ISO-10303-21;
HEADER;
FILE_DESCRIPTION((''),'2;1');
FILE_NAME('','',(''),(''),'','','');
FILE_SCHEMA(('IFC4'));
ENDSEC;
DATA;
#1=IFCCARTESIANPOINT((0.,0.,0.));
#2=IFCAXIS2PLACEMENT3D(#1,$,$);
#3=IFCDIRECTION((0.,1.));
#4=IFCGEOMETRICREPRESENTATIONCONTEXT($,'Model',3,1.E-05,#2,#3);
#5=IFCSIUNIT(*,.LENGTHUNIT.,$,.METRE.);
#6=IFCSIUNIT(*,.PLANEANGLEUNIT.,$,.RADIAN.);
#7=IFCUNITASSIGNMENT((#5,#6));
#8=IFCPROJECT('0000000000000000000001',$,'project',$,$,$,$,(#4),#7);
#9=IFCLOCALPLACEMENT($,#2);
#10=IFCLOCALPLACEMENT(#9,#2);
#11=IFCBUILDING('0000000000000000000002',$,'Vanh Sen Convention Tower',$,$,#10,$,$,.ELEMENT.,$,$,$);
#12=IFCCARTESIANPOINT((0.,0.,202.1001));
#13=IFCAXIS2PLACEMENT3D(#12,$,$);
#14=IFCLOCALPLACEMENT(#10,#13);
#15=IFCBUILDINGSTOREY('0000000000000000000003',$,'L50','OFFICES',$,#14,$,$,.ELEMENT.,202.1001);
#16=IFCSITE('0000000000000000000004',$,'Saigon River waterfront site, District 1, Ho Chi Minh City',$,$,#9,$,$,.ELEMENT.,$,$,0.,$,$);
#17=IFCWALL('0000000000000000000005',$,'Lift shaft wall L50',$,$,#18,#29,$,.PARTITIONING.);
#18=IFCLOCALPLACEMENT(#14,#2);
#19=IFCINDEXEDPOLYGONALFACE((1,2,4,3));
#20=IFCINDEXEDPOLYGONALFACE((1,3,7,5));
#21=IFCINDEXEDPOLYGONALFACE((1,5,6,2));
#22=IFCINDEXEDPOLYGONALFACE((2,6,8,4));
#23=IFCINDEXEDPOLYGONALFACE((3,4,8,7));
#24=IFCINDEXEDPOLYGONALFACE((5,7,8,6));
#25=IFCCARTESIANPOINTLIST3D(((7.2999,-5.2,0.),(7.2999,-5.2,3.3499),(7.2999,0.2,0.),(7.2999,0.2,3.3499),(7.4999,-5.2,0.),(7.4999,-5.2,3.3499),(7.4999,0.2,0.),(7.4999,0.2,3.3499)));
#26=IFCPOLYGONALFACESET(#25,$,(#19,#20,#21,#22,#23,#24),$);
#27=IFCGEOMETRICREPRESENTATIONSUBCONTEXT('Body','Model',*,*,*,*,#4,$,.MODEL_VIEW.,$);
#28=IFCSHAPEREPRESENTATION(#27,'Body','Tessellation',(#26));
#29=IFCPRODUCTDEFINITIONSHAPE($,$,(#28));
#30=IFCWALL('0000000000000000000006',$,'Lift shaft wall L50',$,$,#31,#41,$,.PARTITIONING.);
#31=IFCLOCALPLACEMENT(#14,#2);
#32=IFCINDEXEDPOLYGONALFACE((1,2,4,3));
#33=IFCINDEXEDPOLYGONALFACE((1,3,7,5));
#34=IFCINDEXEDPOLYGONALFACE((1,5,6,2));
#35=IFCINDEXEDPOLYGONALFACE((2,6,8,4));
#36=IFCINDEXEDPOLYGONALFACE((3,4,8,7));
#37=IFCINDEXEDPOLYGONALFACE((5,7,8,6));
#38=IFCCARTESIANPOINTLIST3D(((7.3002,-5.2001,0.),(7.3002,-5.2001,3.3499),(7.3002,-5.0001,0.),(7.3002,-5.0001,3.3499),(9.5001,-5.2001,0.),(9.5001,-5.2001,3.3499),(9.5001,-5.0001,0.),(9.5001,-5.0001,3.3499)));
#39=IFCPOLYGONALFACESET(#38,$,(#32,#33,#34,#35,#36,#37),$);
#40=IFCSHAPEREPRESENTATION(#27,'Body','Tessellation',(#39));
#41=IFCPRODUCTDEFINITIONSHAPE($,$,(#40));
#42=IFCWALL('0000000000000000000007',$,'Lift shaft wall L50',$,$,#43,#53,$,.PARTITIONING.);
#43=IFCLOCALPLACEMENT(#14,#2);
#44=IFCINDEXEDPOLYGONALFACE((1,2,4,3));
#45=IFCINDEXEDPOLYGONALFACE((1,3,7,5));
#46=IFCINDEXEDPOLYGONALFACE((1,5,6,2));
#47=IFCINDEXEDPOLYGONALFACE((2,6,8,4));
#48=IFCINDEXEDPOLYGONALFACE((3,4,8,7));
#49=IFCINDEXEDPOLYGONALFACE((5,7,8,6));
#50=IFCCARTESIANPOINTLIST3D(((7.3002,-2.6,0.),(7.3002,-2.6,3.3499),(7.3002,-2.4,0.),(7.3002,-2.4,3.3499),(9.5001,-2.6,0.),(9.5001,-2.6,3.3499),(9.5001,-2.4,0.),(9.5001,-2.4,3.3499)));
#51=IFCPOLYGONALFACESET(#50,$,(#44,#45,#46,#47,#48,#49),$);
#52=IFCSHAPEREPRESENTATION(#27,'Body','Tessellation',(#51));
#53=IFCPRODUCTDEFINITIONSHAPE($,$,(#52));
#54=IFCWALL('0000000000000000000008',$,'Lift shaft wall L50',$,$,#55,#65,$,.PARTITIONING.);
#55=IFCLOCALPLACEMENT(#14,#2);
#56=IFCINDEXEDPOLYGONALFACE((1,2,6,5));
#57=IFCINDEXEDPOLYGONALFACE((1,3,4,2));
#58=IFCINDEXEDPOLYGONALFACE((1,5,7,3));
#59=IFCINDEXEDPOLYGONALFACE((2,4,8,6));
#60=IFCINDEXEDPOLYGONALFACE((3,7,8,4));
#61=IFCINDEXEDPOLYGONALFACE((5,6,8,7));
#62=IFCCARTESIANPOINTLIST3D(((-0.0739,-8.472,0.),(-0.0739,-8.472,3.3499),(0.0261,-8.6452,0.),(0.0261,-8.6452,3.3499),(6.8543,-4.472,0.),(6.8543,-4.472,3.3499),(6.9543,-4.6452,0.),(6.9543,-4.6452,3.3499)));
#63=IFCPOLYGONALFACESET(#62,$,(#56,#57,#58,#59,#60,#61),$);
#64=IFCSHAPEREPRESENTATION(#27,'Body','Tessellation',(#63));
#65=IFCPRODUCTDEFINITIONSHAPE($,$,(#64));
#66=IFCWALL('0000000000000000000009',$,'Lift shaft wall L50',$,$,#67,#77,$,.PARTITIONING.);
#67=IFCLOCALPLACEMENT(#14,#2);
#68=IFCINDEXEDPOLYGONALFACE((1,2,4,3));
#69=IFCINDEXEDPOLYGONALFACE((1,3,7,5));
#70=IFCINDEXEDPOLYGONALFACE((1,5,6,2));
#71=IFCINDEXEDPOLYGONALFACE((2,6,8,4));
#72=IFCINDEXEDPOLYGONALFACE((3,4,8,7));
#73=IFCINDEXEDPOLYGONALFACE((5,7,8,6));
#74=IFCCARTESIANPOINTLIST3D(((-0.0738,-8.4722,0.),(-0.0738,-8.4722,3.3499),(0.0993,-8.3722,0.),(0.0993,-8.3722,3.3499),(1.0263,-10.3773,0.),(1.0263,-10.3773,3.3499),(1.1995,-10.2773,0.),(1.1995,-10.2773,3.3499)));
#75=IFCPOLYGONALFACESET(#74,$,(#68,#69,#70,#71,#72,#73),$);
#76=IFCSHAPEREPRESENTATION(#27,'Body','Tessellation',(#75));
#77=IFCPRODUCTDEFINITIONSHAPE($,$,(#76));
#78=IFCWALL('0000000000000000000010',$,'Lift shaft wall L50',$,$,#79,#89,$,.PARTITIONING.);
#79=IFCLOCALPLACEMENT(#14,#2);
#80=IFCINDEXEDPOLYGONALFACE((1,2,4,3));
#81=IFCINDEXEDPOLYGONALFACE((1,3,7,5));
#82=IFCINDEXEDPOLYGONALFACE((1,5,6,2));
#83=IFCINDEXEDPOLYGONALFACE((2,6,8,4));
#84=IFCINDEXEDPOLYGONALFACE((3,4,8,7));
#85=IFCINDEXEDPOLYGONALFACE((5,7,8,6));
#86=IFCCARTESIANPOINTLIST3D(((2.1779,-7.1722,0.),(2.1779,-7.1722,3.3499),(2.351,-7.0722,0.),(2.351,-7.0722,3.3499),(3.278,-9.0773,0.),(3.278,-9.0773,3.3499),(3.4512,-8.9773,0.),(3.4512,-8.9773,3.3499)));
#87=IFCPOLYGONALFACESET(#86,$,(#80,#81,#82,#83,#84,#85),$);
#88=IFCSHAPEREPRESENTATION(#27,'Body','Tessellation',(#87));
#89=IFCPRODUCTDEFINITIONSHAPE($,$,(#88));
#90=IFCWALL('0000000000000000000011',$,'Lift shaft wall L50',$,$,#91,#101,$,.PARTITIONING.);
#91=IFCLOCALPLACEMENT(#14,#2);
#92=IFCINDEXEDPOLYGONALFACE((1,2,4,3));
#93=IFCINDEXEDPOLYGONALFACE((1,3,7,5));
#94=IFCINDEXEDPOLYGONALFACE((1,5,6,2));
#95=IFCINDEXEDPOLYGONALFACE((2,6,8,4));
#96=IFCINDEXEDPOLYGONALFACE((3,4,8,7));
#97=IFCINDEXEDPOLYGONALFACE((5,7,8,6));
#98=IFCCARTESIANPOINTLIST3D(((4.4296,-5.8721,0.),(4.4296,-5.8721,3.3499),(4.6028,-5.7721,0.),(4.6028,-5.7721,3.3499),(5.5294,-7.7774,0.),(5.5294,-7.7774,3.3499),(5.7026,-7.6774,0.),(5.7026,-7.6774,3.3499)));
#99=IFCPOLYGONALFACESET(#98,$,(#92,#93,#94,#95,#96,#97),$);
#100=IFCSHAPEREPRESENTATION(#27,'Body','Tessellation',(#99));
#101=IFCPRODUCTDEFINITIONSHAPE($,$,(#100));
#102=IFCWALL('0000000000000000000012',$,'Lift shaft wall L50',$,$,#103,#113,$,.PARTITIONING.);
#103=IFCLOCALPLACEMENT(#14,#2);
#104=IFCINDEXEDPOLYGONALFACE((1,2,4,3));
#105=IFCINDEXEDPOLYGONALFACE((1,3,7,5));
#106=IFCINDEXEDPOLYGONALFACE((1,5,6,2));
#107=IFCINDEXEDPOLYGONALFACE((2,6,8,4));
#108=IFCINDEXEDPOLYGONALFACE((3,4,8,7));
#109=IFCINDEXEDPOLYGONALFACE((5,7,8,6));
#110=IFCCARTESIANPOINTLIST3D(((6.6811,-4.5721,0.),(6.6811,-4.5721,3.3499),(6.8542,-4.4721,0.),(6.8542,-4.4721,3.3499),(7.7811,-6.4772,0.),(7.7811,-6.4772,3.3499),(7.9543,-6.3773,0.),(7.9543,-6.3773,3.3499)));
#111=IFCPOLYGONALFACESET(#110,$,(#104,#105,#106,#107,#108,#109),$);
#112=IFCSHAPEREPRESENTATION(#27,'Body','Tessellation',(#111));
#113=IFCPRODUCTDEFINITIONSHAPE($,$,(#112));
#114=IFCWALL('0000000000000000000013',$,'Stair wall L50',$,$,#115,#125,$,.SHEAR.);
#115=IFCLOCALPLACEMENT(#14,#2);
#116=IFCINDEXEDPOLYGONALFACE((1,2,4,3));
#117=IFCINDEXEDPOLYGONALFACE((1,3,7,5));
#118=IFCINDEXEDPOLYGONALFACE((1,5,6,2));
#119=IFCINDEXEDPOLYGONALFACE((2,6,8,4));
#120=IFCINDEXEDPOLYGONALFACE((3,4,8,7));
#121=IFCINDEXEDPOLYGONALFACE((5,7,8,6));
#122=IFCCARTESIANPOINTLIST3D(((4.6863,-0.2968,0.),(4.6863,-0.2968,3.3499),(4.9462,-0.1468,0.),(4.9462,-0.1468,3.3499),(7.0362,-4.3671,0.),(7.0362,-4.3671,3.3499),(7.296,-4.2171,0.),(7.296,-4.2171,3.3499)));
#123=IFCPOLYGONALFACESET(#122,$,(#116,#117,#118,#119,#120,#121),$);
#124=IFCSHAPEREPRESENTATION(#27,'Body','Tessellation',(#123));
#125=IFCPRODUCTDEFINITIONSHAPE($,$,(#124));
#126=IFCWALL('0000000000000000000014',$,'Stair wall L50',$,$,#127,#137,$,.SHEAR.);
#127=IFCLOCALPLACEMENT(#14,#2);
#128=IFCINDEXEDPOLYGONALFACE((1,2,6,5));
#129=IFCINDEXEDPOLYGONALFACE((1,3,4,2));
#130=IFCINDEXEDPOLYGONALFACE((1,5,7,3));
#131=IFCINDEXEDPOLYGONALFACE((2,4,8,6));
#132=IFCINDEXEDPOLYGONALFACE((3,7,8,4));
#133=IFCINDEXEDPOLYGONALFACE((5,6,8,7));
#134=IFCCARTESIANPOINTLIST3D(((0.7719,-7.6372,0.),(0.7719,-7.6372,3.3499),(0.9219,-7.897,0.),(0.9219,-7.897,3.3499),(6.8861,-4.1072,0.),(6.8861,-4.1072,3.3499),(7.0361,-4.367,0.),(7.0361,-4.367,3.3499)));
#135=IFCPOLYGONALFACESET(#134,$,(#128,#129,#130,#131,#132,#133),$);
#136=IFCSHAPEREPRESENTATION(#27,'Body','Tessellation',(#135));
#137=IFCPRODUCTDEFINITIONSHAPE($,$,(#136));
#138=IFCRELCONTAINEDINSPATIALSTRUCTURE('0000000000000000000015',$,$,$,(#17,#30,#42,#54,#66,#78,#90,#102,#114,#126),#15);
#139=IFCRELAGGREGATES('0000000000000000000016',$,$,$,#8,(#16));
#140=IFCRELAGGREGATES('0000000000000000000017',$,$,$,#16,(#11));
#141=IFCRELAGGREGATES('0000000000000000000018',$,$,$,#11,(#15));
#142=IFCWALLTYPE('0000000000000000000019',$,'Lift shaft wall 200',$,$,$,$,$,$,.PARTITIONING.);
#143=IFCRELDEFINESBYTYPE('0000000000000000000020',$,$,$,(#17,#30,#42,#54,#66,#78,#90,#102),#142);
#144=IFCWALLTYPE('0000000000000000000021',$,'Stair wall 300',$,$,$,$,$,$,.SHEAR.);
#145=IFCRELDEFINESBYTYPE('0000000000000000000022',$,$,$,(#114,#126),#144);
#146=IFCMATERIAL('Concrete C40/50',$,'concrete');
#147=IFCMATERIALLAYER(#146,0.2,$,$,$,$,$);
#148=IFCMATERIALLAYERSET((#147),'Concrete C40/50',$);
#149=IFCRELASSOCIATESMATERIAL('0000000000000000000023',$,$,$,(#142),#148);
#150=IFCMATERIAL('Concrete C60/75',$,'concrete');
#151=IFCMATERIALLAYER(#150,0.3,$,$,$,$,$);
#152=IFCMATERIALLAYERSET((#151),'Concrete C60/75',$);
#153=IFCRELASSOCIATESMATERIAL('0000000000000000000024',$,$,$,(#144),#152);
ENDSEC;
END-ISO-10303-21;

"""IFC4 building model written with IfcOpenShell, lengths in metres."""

from ifc_helpers import new_model, si_unit, direction, frame, frame_2d, origin, place, context, subcontext, project, spatial, rectangle, extrude, material, layer, layer_set, type_object, element, save


model = new_model("IFC4")

# Units and contexts
model_context = context("Model", 3, precision=1e-05, world=origin(), true_north=direction((0.0, 1.0)))
body_context = subcontext(model_context, "Body", "Model", "MODEL_VIEW")
ifc_project = project(units=[si_unit("LENGTHUNIT", "METRE"), si_unit("PLANEANGLEUNIT", "RADIAN")], contexts=[model_context])

# Site, building, storey
site_placement = place(None, origin())
site = spatial("IfcSite", under=ifc_project, at=site_placement, Name="Saigon River waterfront site, District 1, Ho Chi Minh City", CompositionType="ELEMENT", RefElevation=0.0)
building_placement = place(site_placement, origin())
building = spatial("IfcBuilding", under=site, at=building_placement, Name="Vanh Sen Convention Tower", CompositionType="ELEMENT")
storey_placement = place(building_placement, frame((0.0, 0.0, 202.1001)))
storey = spatial("IfcBuildingStorey", under=building, at=storey_placement, Name="L50", Description="OFFICES", CompositionType="ELEMENT", Elevation=202.1001)

# Walls
ifc_material_1 = material(Name="Concrete C40/50", Category="concrete")
ifc_layer_1 = layer(ifc_material_1, 0.2)
ifc_layer_set_1 = layer_set([ifc_layer_1], Name="Concrete C40/50")
wall_type_1 = type_object("IfcWallType", Name="Lift shaft wall 200", PredefinedType="PARTITIONING", material=ifc_layer_set_1)
wall_1_placement = place(storey_placement, frame((7.3999, -5.2, 0.0), z_axis=(0.0, 0.0, 1.0), x_axis=(0.0, 1.0, 0.0)))
element("IfcWall", 1, at=wall_1_placement, inside=storey, type_object=wall_type_1, Name="Lift shaft wall L50", PredefinedType="PARTITIONING", context=body_context, shape_type="SweptSolid", body=[
    extrude(rectangle(XDim=5.3999, YDim=0.2, at=frame_2d((2.7, 0.0))), origin(), (0.0, 0.0, 1.0), 3.3499),
])
for number, where, z_axis, x_axis, name in (
    (2, (7.3, -5.1001, 0.0), (0.0, 0.0, 1.0), (1.0, 0.0, 0.0), "Lift shaft wall L50"),
    (3, (7.3, -2.5, 0.0), (0.0, 0.0, 1.0), (1.0, 0.0, 0.0), "Lift shaft wall L50"),
):
    element("IfcWall", number, at=place(storey_placement, frame(where, z_axis=z_axis, x_axis=x_axis)), inside=storey, type_object=wall_type_1, Name=name, PredefinedType="PARTITIONING", context=body_context, shape_type="SweptSolid", body=[
        extrude(rectangle(XDim=2.2, YDim=0.2, at=frame_2d((1.1001, 0.0))), origin(), (0.0, 0.0, 1.0), 3.3499),
    ])
wall_2_placement = place(storey_placement, frame((-0.0239, -8.5586, 0.0), z_axis=(0.0, 0.0, 1.0), x_axis=(0.866026, 0.499999, 0.0)))
element("IfcWall", 4, at=wall_2_placement, inside=storey, type_object=wall_type_1, Name="Lift shaft wall L50", PredefinedType="PARTITIONING", context=body_context, shape_type="SweptSolid", body=[
    extrude(rectangle(XDim=8.0, YDim=0.2, at=frame_2d((4.0, 0.0))), origin(), (0.0, 0.0, 1.0), 3.3499),
])
for number, where, z_axis, x_axis, name in (
    (5, (0.0127, -8.4221, 0.0), (0.0, 0.0, 1.0), (0.500078, -0.86598, 0.0), "Lift shaft wall L50"),
    (6, (2.2644, -7.1221, 0.0), (0.0, 0.0, 1.0), (0.500078, -0.86598, 0.0), "Lift shaft wall L50"),
    (7, (4.5161, -5.822, 0.0), (0.0, 0.0, 1.0), (0.499947, -0.866056, 0.0), "Lift shaft wall L50"),
    (8, (6.7676, -4.522, 0.0), (0.0, 0.0, 1.0), (0.50003, -0.866008, 0.0), "Lift shaft wall L50"),
):
    element("IfcWall", number, at=place(storey_placement, frame(where, z_axis=z_axis, x_axis=x_axis)), inside=storey, type_object=wall_type_1, Name=name, PredefinedType="PARTITIONING", context=body_context, shape_type="SweptSolid", body=[
        extrude(rectangle(XDim=2.2, YDim=0.2, at=frame_2d((1.1001, 0.0))), origin(), (0.0, 0.0, 1.0), 3.3499),
    ])
ifc_material_2 = material(Name="Concrete C60/75", Category="concrete")
ifc_layer_2 = layer(ifc_material_2, 0.3)
ifc_layer_set_2 = layer_set([ifc_layer_2], Name="Concrete C60/75")
wall_type_2 = type_object("IfcWallType", Name="Stair wall 300", PredefinedType="SHEAR", material=ifc_layer_set_2)
wall_3_placement = place(storey_placement, frame((4.8162, -0.2217, 0.0), z_axis=(0.0, 0.0, 1.0), x_axis=(0.499977, -0.866039, 0.0)))
element("IfcWall", 9, at=wall_3_placement, inside=storey, type_object=wall_type_2, Name="Stair wall L50", PredefinedType="SHEAR", context=body_context, shape_type="SweptSolid", body=[
    extrude(rectangle(XDim=4.7, YDim=0.3, at=frame_2d((2.3501, 0.0))), origin(), (0.0, 0.0, 1.0), 3.3499),
])
wall_4_placement = place(storey_placement, frame((0.8469, -7.7671, 0.0), z_axis=(0.0, 0.0, 1.0), x_axis=(0.866028, 0.499996, 0.0)))
element("IfcWall", 10, at=wall_4_placement, inside=storey, type_object=wall_type_2, Name="Stair wall L50", PredefinedType="SHEAR", context=body_context, shape_type="SweptSolid", body=[
    extrude(rectangle(XDim=7.0601, YDim=0.3, at=frame_2d((3.53, 0.0))), origin(), (0.0, 0.0, 1.0), 3.3499),
])

save(model, "model.ifc")
